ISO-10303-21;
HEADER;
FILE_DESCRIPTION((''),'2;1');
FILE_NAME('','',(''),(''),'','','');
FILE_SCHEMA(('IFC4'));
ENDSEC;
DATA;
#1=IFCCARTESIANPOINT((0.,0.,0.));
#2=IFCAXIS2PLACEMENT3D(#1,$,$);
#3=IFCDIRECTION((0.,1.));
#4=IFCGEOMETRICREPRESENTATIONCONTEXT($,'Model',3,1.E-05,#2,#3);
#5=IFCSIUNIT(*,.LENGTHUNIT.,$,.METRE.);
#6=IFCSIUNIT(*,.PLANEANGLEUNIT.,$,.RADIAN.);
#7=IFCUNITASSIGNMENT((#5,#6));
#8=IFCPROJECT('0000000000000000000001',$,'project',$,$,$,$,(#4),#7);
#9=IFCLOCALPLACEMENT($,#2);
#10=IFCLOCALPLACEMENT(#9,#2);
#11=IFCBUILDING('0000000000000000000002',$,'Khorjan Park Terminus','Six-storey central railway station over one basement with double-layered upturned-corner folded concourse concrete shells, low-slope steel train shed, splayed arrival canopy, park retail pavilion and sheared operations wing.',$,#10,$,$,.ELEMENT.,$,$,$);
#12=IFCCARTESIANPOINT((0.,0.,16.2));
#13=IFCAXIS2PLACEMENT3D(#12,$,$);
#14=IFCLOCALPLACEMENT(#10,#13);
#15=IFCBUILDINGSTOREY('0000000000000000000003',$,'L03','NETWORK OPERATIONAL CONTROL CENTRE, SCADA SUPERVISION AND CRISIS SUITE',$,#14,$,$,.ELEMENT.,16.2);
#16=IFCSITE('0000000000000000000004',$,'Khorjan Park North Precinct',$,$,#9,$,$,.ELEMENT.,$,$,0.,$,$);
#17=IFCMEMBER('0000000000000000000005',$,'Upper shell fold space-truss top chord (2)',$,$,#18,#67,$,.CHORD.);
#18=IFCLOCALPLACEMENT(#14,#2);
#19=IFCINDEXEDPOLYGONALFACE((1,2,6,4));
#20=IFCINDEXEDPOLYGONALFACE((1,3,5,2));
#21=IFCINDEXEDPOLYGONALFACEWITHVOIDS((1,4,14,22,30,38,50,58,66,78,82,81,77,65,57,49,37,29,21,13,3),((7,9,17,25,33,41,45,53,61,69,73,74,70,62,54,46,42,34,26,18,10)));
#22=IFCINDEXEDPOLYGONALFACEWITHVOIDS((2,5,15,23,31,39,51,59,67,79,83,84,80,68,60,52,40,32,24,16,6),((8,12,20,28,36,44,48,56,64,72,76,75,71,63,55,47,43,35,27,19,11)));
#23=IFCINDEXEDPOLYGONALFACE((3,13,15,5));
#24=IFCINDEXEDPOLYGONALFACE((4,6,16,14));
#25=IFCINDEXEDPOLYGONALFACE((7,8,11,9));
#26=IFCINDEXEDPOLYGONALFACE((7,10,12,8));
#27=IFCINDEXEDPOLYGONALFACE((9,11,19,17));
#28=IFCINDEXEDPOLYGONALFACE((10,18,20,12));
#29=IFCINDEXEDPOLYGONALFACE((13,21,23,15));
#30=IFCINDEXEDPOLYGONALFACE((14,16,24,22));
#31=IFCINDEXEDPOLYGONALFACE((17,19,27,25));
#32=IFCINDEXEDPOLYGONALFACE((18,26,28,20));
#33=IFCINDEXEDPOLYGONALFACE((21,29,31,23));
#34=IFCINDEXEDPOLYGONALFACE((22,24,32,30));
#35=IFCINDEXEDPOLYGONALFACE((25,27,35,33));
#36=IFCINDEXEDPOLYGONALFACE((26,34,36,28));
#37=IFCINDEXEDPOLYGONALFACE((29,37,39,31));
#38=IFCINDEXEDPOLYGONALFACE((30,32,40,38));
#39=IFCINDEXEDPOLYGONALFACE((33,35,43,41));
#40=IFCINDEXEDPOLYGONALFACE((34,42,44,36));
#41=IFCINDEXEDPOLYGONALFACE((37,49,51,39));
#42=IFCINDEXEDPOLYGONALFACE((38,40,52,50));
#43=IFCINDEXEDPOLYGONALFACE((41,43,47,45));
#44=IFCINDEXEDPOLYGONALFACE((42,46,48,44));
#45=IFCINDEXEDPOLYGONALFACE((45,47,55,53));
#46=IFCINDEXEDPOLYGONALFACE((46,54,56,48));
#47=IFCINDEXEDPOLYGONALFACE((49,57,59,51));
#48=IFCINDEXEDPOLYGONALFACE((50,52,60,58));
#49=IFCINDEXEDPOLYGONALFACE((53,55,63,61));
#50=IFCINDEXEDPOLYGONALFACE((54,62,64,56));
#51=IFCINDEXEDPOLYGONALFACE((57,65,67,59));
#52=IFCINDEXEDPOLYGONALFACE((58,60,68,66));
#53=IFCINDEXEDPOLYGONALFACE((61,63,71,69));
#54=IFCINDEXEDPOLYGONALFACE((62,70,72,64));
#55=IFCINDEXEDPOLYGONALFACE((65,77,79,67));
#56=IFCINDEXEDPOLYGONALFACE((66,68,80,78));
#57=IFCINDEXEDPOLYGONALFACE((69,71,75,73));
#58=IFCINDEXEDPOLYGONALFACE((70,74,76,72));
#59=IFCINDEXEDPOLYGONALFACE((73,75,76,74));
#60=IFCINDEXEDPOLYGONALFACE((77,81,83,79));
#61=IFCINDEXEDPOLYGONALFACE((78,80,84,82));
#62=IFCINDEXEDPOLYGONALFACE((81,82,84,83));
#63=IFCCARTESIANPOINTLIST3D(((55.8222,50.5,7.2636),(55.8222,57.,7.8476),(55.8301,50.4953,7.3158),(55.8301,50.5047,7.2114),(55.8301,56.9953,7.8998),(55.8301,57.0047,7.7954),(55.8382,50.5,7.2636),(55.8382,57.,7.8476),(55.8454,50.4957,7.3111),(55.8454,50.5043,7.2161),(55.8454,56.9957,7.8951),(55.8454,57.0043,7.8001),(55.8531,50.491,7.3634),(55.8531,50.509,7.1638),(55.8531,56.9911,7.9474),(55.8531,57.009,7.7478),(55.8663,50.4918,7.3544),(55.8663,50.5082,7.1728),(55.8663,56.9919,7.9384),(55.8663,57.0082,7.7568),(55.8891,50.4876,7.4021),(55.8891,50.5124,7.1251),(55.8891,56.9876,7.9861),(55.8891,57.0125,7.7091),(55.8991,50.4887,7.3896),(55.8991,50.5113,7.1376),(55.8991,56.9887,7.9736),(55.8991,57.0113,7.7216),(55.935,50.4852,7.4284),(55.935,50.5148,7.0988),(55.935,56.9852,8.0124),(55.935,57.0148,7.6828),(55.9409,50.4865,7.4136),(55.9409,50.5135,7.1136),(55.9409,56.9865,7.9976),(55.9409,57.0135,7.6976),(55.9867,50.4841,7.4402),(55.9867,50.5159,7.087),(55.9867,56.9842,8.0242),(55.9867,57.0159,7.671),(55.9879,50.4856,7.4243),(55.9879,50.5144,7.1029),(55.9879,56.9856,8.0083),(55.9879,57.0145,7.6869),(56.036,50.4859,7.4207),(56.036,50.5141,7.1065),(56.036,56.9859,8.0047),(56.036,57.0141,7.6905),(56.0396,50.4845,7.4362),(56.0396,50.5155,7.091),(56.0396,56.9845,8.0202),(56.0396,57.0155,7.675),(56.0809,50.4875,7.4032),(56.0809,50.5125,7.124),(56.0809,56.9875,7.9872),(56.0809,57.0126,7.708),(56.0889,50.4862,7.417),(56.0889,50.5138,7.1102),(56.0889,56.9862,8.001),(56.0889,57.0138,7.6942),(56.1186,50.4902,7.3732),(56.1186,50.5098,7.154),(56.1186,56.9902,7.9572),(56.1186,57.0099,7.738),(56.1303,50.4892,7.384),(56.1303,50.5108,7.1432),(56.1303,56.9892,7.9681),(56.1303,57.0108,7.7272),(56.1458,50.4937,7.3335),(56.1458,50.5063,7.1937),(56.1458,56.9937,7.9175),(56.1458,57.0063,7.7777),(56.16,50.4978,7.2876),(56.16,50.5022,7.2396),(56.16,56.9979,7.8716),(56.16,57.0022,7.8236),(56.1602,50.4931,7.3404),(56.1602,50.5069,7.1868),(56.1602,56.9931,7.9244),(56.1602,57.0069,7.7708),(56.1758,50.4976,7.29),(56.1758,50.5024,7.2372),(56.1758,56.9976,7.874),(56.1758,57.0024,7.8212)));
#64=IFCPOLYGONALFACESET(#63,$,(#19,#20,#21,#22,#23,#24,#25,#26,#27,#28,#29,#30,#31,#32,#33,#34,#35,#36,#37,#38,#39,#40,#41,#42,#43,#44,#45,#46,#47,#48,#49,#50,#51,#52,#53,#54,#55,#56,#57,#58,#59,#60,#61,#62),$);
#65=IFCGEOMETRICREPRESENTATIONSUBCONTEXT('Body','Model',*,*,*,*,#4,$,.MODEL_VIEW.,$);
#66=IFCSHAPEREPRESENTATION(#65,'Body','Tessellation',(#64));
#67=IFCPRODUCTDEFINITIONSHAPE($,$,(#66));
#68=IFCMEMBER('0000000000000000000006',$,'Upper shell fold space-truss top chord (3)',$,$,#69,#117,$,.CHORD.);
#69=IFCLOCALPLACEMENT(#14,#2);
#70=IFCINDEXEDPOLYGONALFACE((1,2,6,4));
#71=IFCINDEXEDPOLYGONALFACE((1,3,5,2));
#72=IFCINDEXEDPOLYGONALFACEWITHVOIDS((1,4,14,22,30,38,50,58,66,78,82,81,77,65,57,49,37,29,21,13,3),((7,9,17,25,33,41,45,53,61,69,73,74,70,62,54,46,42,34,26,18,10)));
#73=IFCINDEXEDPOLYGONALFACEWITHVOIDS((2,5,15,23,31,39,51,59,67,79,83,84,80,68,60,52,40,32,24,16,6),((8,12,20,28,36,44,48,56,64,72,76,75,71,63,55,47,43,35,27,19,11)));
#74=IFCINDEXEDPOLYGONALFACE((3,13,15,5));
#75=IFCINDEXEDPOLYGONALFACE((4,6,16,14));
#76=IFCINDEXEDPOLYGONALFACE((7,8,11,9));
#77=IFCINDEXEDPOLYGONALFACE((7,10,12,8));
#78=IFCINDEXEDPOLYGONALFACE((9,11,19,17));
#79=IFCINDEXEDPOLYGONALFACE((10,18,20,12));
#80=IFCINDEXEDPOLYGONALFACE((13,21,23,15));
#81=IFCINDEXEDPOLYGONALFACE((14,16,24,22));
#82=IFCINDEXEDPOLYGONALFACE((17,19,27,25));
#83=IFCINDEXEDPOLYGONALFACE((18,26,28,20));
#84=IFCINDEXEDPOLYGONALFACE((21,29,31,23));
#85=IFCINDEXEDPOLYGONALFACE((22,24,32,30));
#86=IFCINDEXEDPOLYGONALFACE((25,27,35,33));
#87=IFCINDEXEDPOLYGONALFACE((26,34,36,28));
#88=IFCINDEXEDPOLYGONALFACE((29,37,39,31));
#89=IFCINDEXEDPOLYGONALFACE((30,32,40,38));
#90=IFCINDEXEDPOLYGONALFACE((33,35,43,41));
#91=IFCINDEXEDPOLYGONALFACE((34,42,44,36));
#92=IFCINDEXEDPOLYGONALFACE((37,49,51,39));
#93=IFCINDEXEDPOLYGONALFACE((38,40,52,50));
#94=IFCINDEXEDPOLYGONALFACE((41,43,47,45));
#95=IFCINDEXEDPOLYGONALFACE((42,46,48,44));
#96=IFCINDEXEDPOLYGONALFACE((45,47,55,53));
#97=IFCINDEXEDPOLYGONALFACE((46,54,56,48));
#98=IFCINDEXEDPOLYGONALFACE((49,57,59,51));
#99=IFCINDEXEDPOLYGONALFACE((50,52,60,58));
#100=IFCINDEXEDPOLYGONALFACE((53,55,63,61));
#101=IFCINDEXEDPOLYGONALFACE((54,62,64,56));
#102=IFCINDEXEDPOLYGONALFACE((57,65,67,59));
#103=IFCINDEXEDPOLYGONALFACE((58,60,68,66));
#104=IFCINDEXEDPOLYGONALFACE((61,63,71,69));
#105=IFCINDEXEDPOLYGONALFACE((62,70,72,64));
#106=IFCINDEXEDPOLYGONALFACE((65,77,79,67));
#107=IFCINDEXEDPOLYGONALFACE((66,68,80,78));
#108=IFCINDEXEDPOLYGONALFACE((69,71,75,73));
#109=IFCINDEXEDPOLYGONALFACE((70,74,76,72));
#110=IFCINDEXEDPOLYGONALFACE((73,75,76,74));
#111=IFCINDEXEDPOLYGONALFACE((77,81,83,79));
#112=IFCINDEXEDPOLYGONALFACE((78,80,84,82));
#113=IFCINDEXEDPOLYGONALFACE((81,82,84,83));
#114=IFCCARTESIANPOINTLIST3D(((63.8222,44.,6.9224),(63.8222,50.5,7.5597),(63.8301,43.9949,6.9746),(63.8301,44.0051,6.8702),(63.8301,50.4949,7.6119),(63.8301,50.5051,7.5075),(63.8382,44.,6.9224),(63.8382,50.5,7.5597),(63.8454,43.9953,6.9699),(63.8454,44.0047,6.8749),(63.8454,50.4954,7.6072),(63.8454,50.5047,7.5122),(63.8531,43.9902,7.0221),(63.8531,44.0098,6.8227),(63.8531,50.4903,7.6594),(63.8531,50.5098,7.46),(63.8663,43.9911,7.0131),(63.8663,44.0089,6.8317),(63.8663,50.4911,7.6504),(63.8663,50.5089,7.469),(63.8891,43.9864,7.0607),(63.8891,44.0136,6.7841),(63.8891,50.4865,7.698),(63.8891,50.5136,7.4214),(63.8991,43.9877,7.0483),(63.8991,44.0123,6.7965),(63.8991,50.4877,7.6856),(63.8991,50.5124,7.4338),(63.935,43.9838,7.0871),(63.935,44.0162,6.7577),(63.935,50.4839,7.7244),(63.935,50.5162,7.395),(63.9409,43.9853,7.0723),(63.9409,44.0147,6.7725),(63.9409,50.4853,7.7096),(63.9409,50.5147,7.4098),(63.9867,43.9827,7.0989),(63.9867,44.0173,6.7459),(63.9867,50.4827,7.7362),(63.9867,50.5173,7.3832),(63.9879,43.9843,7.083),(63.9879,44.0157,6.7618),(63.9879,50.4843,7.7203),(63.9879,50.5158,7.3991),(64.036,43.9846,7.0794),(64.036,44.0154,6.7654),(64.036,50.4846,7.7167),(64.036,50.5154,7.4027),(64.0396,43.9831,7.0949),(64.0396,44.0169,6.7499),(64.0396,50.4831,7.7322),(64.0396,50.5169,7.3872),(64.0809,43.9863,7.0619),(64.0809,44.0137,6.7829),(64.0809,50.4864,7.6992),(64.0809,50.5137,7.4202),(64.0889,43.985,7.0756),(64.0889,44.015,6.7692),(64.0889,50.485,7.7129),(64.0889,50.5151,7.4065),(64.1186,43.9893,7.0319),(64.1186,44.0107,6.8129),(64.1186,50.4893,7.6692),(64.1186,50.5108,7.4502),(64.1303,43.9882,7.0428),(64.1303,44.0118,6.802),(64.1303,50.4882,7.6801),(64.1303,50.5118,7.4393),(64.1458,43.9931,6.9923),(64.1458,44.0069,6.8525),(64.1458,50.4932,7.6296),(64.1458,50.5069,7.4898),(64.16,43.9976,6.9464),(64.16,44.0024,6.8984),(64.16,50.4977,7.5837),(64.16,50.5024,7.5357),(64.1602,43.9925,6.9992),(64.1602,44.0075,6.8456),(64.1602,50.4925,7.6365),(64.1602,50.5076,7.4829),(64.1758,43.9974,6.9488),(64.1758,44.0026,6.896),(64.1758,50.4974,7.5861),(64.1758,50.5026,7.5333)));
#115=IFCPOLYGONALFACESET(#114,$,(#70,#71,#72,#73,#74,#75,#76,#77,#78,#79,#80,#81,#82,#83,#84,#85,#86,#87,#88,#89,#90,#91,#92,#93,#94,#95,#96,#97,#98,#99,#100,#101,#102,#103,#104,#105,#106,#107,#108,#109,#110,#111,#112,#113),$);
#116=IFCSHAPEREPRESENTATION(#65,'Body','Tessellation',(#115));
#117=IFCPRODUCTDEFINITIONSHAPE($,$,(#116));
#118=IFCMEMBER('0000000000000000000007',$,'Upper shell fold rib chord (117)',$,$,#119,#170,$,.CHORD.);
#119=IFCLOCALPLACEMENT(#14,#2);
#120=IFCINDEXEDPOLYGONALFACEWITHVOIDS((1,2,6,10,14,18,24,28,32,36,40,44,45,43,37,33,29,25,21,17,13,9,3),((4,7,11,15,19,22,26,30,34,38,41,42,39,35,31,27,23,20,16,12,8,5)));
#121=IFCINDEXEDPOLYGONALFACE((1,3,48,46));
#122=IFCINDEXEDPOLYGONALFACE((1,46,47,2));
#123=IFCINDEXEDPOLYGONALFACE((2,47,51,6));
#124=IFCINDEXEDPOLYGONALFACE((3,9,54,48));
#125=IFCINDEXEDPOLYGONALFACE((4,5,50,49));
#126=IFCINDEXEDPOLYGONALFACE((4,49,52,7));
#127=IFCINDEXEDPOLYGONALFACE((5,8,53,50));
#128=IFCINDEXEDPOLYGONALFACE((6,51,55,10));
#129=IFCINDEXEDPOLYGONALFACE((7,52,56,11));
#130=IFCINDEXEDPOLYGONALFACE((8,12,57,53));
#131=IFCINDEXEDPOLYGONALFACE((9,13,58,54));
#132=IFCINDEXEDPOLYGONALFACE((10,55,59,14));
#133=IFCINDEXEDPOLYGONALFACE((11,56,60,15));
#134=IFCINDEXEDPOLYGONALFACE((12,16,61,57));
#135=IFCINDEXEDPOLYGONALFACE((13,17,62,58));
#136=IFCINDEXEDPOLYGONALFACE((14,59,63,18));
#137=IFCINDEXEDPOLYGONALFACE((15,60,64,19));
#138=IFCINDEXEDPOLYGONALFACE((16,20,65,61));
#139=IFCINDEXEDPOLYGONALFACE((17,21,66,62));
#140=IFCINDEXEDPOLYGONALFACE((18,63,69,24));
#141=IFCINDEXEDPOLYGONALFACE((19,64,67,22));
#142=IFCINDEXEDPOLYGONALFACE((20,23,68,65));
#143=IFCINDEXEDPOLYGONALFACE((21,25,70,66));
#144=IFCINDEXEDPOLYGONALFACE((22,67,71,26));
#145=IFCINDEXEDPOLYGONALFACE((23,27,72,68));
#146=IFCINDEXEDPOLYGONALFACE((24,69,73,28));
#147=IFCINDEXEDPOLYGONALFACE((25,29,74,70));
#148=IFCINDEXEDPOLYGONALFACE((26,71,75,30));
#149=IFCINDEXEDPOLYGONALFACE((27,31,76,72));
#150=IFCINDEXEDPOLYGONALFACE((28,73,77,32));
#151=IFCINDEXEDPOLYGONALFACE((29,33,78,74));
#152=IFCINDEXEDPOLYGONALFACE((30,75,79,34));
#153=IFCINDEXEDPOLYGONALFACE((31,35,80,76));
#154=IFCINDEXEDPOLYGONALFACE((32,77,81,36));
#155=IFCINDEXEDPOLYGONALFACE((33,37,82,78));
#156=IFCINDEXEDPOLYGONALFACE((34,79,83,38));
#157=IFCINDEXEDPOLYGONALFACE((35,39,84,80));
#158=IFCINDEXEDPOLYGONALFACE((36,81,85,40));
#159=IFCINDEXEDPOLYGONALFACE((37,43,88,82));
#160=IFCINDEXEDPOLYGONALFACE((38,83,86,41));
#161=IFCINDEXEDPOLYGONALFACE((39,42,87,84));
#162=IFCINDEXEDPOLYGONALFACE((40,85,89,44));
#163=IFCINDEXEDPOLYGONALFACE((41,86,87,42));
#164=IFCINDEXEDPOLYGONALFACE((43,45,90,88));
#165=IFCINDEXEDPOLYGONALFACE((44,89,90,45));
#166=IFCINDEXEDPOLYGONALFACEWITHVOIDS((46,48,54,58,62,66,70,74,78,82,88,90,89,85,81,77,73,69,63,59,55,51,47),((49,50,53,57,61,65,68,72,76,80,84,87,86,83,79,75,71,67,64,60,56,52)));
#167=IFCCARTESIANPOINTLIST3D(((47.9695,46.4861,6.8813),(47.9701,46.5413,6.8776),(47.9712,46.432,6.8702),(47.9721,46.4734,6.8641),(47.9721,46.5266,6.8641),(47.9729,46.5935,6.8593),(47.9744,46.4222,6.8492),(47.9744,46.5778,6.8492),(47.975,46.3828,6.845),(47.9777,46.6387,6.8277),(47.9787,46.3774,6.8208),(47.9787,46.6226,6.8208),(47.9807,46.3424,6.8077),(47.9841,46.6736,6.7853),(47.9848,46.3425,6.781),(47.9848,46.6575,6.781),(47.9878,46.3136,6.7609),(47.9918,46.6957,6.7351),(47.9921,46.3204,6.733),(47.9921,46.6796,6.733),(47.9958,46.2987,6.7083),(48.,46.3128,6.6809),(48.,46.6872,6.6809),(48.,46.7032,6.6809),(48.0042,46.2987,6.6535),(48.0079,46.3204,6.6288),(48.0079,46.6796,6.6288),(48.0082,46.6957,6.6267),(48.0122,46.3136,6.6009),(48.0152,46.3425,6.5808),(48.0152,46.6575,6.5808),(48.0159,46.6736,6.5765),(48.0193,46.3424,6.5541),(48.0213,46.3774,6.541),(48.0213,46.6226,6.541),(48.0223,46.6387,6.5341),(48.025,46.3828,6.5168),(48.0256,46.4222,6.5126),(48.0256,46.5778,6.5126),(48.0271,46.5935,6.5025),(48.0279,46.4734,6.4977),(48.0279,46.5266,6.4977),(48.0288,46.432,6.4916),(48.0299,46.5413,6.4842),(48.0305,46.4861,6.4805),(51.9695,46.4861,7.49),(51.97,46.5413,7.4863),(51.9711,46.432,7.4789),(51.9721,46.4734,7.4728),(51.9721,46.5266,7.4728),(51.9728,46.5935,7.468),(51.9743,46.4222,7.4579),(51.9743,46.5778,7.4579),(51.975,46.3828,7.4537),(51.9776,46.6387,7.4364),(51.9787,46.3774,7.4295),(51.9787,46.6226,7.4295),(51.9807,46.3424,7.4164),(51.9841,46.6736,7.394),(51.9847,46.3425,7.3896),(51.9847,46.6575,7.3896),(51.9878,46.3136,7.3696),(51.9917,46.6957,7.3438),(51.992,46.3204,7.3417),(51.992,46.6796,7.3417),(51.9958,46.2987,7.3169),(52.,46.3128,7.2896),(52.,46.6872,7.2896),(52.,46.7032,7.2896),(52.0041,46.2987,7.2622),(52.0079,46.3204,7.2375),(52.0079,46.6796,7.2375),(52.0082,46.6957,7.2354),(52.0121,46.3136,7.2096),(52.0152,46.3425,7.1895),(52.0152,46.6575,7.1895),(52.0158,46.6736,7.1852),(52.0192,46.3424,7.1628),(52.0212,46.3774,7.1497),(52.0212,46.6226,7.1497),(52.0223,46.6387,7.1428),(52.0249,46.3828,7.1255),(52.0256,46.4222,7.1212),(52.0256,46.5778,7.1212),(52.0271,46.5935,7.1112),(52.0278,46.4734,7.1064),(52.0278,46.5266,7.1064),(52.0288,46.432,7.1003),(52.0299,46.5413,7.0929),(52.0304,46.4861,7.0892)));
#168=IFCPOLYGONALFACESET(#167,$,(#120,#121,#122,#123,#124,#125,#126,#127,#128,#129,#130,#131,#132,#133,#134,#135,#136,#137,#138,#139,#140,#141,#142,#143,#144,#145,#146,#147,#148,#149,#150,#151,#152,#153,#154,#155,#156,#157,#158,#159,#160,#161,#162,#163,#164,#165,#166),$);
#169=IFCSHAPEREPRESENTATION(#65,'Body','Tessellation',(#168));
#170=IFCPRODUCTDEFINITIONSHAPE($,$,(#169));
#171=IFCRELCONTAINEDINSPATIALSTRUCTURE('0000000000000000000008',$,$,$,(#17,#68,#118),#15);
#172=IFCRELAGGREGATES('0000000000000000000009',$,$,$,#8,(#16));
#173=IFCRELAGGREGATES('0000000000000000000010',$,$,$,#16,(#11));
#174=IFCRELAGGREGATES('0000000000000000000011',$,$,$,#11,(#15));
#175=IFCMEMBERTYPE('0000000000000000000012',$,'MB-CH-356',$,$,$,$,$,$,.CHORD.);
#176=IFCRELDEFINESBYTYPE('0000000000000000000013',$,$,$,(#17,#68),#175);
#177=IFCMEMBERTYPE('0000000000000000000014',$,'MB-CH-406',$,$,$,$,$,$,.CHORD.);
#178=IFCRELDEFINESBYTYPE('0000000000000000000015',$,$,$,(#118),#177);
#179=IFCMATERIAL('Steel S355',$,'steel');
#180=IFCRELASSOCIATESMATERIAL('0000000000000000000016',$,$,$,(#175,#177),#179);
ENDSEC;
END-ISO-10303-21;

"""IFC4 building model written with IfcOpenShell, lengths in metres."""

from ifc_helpers import new_model, si_unit, direction, frame, origin, origin_2d, place, context, subcontext, project, spatial, hollow_circle, extrude, material, material_profile, profile_set, type_object, element, save


model = new_model("IFC4")

# Units and contexts
model_context = context("Model", 3, precision=1e-05, world=origin(), true_north=direction((0.0, 1.0)))
body_context = subcontext(model_context, "Body", "Model", "MODEL_VIEW")
ifc_project = project(units=[si_unit("LENGTHUNIT", "METRE"), si_unit("PLANEANGLEUNIT", "RADIAN")], contexts=[model_context])

# Site, building, storey
site_placement = place(None, origin())
site = spatial("IfcSite", under=ifc_project, at=site_placement, Name="Khorjan Park North Precinct", CompositionType="ELEMENT", RefElevation=0.0)
building_placement = place(site_placement, origin())
building = spatial("IfcBuilding", under=site, at=building_placement, Name="Khorjan Park Terminus", Description="Six-storey central railway station over one basement with double-layered upturned-corner folded concourse concrete shells, low-slope steel train shed, splayed arrival canopy, park retail pavilion and sheared operations wing.", CompositionType="ELEMENT")
storey_placement = place(building_placement, frame((0.0, 0.0, 16.2)))
storey = spatial("IfcBuildingStorey", under=building, at=storey_placement, Name="L03", Description="NETWORK OPERATIONAL CONTROL CENTRE, SCADA SUPERVISION AND CRISIS SUITE", CompositionType="ELEMENT", Elevation=16.2)

# Members
ifc_material_1 = material(Name="Steel S355", Category="steel")
ifc_material_profile_1 = material_profile(ifc_material_1, hollow_circle(Radius=0.1778, WallThickness=0.016, at=origin_2d()), Name="CHS 355.6x16")
ifc_profile_set_1 = profile_set([ifc_material_profile_1], Name="Steel S355")
member_type_1 = type_object("IfcMemberType", Name="MB-CH-356", PredefinedType="CHORD", material=ifc_profile_set_1)
for number, where, z_axis, x_axis, name in (
    (1, (56.0, 50.5, 7.2636), (0.0, 0.995988, 0.089486), (-1.0, 0.0, 0.0), "Upper shell fold space-truss top chord (2)"),
):
    element("IfcMember", number, at=place(storey_placement, frame(where, z_axis=z_axis, x_axis=x_axis)), inside=storey, type_object=member_type_1, Name=name, PredefinedType="CHORD", context=body_context, shape_type="SweptSolid", body=[
        extrude(hollow_circle(Radius=0.1778, WallThickness=0.016, at=origin_2d()), origin(), (0.0, 0.0, 1.0), 6.5262),
    ])
member_1_placement = place(storey_placement, frame((64.0, 44.0, 6.9224), z_axis=(0.0, 0.995228, 0.097578), x_axis=(-1.0, 0.0, 0.0)))
element("IfcMember", 2, at=member_1_placement, inside=storey, type_object=member_type_1, Name="Upper shell fold space-truss top chord (3)", PredefinedType="CHORD", context=body_context, shape_type="SweptSolid", body=[
    extrude(hollow_circle(Radius=0.1778, WallThickness=0.016, at=origin_2d()), origin(), (0.0, 0.0, 1.0), 6.5312),
])
ifc_material_profile_2 = material_profile(ifc_material_1, hollow_circle(Radius=0.2032, WallThickness=0.016, at=origin_2d()), Name="CHS 406.4x16")
ifc_profile_set_2 = profile_set([ifc_material_profile_2], Name="Steel S355")
member_type_2 = type_object("IfcMemberType", Name="MB-CH-406", PredefinedType="CHORD", material=ifc_profile_set_2)
member_2_placement = place(storey_placement, frame((48.0, 46.5, 6.6809), z_axis=(0.988619, 0.0, 0.150443), x_axis=(0.0, 1.0, 0.0)))
element("IfcMember", 3, at=member_2_placement, inside=storey, type_object=member_type_2, Name="Upper shell fold rib chord (117)", PredefinedType="CHORD", context=body_context, shape_type="SweptSolid", body=[
    extrude(hollow_circle(Radius=0.2032, WallThickness=0.016, at=origin_2d()), origin(), (0.0, 0.0, 1.0), 4.046),
])

save(model, "model.ifc")
